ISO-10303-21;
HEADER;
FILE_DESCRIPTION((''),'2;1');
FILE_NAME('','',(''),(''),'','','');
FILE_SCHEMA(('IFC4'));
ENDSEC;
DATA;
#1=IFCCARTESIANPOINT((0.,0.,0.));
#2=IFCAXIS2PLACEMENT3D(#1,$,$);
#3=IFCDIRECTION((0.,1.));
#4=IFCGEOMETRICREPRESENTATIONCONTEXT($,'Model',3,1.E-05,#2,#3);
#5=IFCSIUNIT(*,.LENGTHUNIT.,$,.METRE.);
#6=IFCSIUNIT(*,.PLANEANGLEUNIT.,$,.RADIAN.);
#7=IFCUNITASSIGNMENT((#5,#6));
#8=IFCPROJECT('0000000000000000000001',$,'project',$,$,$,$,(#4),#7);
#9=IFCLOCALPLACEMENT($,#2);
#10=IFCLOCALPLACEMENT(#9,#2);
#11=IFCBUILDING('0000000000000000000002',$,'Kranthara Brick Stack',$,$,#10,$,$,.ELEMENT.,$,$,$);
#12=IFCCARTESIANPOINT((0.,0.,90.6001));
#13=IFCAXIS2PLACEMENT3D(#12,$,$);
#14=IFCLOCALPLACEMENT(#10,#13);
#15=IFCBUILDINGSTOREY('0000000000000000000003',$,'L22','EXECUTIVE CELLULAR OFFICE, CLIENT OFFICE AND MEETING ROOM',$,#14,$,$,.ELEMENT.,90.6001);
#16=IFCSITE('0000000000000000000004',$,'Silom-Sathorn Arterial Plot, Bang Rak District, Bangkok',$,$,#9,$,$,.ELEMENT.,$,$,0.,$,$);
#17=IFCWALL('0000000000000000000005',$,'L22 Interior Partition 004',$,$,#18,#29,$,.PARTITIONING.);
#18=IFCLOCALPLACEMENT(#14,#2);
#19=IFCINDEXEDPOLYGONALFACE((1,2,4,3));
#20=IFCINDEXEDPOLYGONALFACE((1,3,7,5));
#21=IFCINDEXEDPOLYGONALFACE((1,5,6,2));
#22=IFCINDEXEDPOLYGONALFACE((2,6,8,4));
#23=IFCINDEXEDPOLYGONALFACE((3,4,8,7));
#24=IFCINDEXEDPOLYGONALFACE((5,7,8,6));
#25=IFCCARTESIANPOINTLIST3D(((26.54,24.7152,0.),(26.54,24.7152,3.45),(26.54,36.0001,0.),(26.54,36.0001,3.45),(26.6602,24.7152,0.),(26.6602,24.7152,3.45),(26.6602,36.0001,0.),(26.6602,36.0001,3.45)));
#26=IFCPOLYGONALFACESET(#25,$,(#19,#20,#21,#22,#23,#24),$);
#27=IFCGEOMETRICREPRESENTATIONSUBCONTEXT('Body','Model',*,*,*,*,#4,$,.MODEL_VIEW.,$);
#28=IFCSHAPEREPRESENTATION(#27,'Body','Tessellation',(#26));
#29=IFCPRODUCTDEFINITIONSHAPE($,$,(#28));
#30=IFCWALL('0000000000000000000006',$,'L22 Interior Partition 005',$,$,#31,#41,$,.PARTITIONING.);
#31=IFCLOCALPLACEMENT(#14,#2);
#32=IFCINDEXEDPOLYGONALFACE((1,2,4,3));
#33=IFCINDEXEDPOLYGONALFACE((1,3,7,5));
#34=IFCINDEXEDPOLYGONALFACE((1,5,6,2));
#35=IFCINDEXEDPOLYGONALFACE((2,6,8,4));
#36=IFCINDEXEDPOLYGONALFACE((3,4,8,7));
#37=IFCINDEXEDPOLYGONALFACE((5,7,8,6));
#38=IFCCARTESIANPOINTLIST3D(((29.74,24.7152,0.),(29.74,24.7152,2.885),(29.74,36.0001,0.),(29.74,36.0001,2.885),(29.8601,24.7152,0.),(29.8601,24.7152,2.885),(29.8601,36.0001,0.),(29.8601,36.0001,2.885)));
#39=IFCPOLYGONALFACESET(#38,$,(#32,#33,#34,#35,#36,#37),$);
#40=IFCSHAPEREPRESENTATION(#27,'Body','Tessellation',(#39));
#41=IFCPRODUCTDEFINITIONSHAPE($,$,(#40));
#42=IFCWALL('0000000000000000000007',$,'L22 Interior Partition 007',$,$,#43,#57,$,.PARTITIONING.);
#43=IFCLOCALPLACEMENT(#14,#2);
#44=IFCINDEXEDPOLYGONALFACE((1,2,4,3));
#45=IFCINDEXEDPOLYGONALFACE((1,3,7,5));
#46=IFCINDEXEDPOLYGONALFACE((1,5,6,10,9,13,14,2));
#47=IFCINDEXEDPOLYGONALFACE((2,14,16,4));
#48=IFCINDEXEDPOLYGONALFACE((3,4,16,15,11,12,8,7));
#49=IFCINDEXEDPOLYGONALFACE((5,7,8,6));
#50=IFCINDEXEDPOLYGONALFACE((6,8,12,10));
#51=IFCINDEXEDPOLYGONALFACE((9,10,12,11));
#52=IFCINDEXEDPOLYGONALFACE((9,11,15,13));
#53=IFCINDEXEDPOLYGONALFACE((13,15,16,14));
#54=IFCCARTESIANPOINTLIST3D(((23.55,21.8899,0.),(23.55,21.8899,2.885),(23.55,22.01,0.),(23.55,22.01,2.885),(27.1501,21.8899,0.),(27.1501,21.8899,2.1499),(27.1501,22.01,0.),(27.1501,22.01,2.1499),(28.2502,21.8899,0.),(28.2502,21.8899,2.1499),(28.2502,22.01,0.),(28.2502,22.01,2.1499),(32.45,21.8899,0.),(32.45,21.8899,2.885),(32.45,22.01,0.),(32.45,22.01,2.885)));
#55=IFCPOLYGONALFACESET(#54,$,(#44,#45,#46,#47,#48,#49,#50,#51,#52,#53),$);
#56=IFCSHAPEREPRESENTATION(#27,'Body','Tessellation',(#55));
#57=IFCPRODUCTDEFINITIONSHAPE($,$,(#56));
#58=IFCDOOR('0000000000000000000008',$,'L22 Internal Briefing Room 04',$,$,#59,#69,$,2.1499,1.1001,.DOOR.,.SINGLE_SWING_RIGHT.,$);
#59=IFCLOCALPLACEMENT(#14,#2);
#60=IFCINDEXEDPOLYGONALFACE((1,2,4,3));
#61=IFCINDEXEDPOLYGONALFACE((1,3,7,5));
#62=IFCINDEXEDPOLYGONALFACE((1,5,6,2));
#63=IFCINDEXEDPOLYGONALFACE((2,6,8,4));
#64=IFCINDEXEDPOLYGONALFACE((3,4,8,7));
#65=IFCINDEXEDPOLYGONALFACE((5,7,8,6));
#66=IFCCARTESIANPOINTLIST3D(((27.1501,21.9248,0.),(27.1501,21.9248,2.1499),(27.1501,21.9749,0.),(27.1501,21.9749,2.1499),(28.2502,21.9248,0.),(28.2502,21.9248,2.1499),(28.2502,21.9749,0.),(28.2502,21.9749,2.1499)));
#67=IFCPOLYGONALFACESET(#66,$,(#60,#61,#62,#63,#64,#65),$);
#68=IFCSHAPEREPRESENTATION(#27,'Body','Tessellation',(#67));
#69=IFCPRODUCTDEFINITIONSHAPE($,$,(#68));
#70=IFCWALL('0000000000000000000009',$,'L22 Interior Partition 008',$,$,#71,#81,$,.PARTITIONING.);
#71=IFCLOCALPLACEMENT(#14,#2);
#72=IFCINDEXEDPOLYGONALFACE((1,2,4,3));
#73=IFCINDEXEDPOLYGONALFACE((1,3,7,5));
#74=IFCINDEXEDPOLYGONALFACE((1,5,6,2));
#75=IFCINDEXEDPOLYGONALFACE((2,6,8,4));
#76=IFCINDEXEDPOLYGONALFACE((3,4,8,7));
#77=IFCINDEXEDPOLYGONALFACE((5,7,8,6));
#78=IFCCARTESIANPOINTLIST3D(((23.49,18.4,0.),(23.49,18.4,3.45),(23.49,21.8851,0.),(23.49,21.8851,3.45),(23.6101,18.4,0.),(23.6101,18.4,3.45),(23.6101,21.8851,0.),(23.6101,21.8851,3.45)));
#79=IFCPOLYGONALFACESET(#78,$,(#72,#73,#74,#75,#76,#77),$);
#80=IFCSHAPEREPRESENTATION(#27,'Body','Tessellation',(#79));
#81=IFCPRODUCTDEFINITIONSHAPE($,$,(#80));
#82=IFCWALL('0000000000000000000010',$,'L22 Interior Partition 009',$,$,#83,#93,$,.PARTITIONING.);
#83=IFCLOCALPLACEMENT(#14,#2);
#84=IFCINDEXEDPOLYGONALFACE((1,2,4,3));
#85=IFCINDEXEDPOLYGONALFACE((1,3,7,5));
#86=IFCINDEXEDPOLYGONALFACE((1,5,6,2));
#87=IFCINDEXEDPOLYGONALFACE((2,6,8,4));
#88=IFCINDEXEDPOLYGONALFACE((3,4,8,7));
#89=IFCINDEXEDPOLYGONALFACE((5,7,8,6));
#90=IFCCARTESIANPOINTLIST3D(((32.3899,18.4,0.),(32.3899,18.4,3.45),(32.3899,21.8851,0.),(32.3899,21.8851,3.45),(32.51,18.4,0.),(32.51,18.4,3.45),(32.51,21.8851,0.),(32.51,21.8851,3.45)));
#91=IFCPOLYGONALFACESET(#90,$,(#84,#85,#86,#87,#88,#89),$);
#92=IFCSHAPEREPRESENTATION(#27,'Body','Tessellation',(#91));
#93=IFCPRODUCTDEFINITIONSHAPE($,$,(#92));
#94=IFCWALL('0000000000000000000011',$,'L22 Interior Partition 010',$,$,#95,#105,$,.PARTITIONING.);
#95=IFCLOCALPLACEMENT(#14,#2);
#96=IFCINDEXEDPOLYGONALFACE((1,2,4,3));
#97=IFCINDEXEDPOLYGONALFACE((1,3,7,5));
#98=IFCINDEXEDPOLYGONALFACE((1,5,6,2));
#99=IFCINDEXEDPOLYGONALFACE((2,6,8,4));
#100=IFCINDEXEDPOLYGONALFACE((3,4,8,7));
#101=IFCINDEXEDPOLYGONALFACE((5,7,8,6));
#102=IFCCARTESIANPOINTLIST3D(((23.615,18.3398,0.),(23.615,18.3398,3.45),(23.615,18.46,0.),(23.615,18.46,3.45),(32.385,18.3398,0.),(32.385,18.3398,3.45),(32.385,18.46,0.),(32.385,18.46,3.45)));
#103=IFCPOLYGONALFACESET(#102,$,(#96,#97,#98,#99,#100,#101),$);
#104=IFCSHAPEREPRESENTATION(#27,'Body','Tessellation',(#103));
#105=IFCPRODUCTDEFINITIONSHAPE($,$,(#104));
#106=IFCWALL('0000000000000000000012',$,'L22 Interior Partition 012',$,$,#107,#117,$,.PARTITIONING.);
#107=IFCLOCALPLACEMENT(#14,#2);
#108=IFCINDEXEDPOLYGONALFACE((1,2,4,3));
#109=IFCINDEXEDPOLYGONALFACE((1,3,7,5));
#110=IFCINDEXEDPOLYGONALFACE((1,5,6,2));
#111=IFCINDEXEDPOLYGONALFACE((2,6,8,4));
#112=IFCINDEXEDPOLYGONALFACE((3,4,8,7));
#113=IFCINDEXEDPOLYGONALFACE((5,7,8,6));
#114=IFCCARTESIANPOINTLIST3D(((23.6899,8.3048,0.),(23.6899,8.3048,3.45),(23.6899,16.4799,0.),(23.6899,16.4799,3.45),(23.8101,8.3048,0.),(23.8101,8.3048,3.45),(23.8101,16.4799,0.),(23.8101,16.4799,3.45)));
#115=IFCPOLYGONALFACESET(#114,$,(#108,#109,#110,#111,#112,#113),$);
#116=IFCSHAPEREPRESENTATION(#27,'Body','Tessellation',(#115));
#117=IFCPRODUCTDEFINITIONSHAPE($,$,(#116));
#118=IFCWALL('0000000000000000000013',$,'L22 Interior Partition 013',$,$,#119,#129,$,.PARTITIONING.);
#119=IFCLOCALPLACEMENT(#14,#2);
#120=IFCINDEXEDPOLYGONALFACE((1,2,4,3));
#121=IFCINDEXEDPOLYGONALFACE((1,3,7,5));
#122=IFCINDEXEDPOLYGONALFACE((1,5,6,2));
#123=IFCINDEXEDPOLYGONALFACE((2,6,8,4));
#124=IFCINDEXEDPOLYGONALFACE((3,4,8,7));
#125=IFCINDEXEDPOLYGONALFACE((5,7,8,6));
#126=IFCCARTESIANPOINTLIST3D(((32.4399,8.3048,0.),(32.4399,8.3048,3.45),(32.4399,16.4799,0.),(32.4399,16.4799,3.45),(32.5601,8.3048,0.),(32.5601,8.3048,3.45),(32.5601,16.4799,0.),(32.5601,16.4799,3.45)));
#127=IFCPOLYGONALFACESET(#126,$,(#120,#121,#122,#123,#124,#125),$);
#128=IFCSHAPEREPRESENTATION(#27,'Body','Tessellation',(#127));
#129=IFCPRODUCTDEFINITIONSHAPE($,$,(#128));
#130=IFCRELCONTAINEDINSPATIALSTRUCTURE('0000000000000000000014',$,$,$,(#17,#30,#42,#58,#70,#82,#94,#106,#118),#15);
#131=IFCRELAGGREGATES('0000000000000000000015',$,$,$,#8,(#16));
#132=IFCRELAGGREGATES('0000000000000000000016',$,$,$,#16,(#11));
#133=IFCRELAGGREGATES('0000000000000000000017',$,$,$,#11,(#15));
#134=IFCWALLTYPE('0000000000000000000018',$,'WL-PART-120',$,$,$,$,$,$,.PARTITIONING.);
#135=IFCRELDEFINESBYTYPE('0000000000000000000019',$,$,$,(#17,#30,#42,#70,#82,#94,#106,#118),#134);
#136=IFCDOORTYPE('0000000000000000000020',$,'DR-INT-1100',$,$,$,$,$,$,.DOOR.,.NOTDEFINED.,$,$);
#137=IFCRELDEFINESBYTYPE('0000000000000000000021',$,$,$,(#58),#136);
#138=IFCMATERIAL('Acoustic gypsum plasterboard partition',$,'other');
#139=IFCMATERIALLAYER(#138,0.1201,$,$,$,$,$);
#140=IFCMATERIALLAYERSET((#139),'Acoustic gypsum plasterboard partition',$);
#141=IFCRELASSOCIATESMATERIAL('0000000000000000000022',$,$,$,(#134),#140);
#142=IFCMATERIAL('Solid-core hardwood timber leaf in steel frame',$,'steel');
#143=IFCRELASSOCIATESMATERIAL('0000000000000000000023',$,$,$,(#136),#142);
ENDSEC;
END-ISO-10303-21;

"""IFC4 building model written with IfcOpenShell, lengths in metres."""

from ifc_helpers import new_model, si_unit, direction, frame, frame_2d, origin, place, context, subcontext, project, spatial, rectangle, extrude, material, layer, layer_set, type_object, element, fill, save


model = new_model("IFC4")

# Units and contexts
model_context = context("Model", 3, precision=1e-05, world=origin(), true_north=direction((0.0, 1.0)))
body_context = subcontext(model_context, "Body", "Model", "MODEL_VIEW")
ifc_project = project(units=[si_unit("LENGTHUNIT", "METRE"), si_unit("PLANEANGLEUNIT", "RADIAN")], contexts=[model_context])

# Site, building, storey
site_placement = place(None, origin())
site = spatial("IfcSite", under=ifc_project, at=site_placement, Name="Silom-Sathorn Arterial Plot, Bang Rak District, Bangkok", CompositionType="ELEMENT", RefElevation=0.0)
building_placement = place(site_placement, origin())
building = spatial("IfcBuilding", under=site, at=building_placement, Name="Kranthara Brick Stack", CompositionType="ELEMENT")
storey_placement = place(building_placement, frame((0.0, 0.0, 90.6001)))
storey = spatial("IfcBuildingStorey", under=building, at=storey_placement, Name="L22", Description="EXECUTIVE CELLULAR OFFICE, CLIENT OFFICE AND MEETING ROOM", CompositionType="ELEMENT", Elevation=90.6001)

# Shared definitions
ifc_material_1 = material(Name="Acoustic gypsum plasterboard partition", Category="other")
ifc_layer = layer(ifc_material_1, 0.1201)
ifc_layer_set = layer_set([ifc_layer], Name="Acoustic gypsum plasterboard partition")
wall_type = type_object("IfcWallType", Name="WL-PART-120", PredefinedType="PARTITIONING", material=ifc_layer_set)

# Walls
for number, where, z_axis, x_axis, name in (
    (1, (26.6001, 24.7151, 0.0), (0.0, 0.0, 1.0), (0.0, 1.0, 0.0), "L22 Interior Partition 004"),
):
    element("IfcWall", number, at=place(storey_placement, frame(where, z_axis=z_axis, x_axis=x_axis)), inside=storey, type_object=wall_type, Name=name, PredefinedType="PARTITIONING", context=body_context, shape_type="SweptSolid", body=[
        extrude(rectangle(XDim=11.2849, YDim=0.1201, at=frame_2d((5.6426, 0.0))), origin(), (0.0, 0.0, 1.0), 3.45),
    ])
wall_1_placement = place(storey_placement, frame((29.8, 24.7151, 0.0), z_axis=(0.0, 0.0, 1.0), x_axis=(0.0, 1.0, 0.0)))
element("IfcWall", 2, at=wall_1_placement, inside=storey, type_object=wall_type, Name="L22 Interior Partition 005", PredefinedType="PARTITIONING", context=body_context, shape_type="SweptSolid", body=[
    extrude(rectangle(XDim=11.2849, YDim=0.1201, at=frame_2d((5.6426, 0.0))), origin(), (0.0, 0.0, 1.0), 2.885),
])

# Wall, opening, door
wall_2_placement = place(storey_placement, frame((23.55, 21.95, 0.0), z_axis=(0.0, 0.0, 1.0), x_axis=(1.0, 0.0, 0.0)))
wall_2 = element("IfcWall", 3, at=wall_2_placement, inside=storey, type_object=wall_type, Name="L22 Interior Partition 007", PredefinedType="PARTITIONING", context=body_context, shape_type="SweptSolid", body=[
    extrude(rectangle(XDim=8.8999, YDim=0.1201, at=frame_2d((4.45, 0.0))), origin(), (0.0, 0.0, 1.0), 2.885),
])
opening_1_placement = place(wall_2_placement, frame((3.6001, 0.0, 0.0)))
opening_1 = element("IfcOpeningElement", 4, at=opening_1_placement, cuts=wall_2, PredefinedType="OPENING", context=body_context, shape_type="SweptSolid", body=[
    extrude(rectangle(XDim=1.1001, YDim=2.1499, at=frame_2d((0.55, 1.075))), frame((0.0, 0.0701, 0.0), z_axis=(0.0, -1.0, 0.0), x_axis=(1.0, 0.0, 0.0)), (0.0, 0.0, 1.0), 0.1401),
])
ifc_material_2 = material(Name="Solid-core hardwood timber leaf in steel frame", Category="steel")
door_type_1 = type_object("IfcDoorType", Name="DR-INT-1100", OperationType="NOTDEFINED", PredefinedType="DOOR", material=ifc_material_2)
door_1_placement = place(opening_1_placement, origin())
door_1 = element("IfcDoor", 5, at=door_1_placement, inside=storey, type_object=door_type_1, Name="L22 Internal Briefing Room 04", OperationType="SINGLE_SWING_RIGHT", OverallHeight=2.1499, OverallWidth=1.1001, PredefinedType="DOOR", context=body_context, shape_type="SweptSolid", body=[
    extrude(rectangle(XDim=1.1001, YDim=2.1499, at=frame_2d((0.55, 1.075))), frame((0.0, 0.0249, 0.0), z_axis=(0.0, -1.0, 0.0), x_axis=(1.0, 0.0, 0.0)), (0.0, 0.0, 1.0), 0.05),
])
fill(opening_1, door_1)

# Walls
for number, where, z_axis, x_axis, name in (
    (6, (23.55, 18.3999, 0.0), (0.0, 0.0, 1.0), (0.0, 1.0, 0.0), "L22 Interior Partition 008"),
    (7, (32.45, 18.3999, 0.0), (0.0, 0.0, 1.0), (0.0, 1.0, 0.0), "L22 Interior Partition 009"),
):
    element("IfcWall", number, at=place(storey_placement, frame(where, z_axis=z_axis, x_axis=x_axis)), inside=storey, type_object=wall_type, Name=name, PredefinedType="PARTITIONING", context=body_context, shape_type="SweptSolid", body=[
        extrude(rectangle(XDim=3.4851, YDim=0.1201, at=frame_2d((1.7427, 0.0))), origin(), (0.0, 0.0, 1.0), 3.45),
    ])
wall_3_placement = place(storey_placement, frame((23.615, 18.3999, 0.0), z_axis=(0.0, 0.0, 1.0), x_axis=(1.0, 0.0, 0.0)))
element("IfcWall", 8, at=wall_3_placement, inside=storey, type_object=wall_type, Name="L22 Interior Partition 010", PredefinedType="PARTITIONING", context=body_context, shape_type="SweptSolid", body=[
    extrude(rectangle(XDim=8.77, YDim=0.1201, at=frame_2d((4.385, 0.0))), origin(), (0.0, 0.0, 1.0), 3.45),
])
for number, where, z_axis, x_axis, name in (
    (9, (23.75, 8.3049, 0.0), (0.0, 0.0, 1.0), (0.0, 1.0, 0.0), "L22 Interior Partition 012"),
    (10, (32.5, 8.3049, 0.0), (0.0, 0.0, 1.0), (0.0, 1.0, 0.0), "L22 Interior Partition 013"),
):
    element("IfcWall", number, at=place(storey_placement, frame(where, z_axis=z_axis, x_axis=x_axis)), inside=storey, type_object=wall_type, Name=name, PredefinedType="PARTITIONING", context=body_context, shape_type="SweptSolid", body=[
        extrude(rectangle(XDim=8.175, YDim=0.1201, at=frame_2d((4.0874, 0.0))), origin(), (0.0, 0.0, 1.0), 3.45),
    ])

save(model, "model.ifc")
